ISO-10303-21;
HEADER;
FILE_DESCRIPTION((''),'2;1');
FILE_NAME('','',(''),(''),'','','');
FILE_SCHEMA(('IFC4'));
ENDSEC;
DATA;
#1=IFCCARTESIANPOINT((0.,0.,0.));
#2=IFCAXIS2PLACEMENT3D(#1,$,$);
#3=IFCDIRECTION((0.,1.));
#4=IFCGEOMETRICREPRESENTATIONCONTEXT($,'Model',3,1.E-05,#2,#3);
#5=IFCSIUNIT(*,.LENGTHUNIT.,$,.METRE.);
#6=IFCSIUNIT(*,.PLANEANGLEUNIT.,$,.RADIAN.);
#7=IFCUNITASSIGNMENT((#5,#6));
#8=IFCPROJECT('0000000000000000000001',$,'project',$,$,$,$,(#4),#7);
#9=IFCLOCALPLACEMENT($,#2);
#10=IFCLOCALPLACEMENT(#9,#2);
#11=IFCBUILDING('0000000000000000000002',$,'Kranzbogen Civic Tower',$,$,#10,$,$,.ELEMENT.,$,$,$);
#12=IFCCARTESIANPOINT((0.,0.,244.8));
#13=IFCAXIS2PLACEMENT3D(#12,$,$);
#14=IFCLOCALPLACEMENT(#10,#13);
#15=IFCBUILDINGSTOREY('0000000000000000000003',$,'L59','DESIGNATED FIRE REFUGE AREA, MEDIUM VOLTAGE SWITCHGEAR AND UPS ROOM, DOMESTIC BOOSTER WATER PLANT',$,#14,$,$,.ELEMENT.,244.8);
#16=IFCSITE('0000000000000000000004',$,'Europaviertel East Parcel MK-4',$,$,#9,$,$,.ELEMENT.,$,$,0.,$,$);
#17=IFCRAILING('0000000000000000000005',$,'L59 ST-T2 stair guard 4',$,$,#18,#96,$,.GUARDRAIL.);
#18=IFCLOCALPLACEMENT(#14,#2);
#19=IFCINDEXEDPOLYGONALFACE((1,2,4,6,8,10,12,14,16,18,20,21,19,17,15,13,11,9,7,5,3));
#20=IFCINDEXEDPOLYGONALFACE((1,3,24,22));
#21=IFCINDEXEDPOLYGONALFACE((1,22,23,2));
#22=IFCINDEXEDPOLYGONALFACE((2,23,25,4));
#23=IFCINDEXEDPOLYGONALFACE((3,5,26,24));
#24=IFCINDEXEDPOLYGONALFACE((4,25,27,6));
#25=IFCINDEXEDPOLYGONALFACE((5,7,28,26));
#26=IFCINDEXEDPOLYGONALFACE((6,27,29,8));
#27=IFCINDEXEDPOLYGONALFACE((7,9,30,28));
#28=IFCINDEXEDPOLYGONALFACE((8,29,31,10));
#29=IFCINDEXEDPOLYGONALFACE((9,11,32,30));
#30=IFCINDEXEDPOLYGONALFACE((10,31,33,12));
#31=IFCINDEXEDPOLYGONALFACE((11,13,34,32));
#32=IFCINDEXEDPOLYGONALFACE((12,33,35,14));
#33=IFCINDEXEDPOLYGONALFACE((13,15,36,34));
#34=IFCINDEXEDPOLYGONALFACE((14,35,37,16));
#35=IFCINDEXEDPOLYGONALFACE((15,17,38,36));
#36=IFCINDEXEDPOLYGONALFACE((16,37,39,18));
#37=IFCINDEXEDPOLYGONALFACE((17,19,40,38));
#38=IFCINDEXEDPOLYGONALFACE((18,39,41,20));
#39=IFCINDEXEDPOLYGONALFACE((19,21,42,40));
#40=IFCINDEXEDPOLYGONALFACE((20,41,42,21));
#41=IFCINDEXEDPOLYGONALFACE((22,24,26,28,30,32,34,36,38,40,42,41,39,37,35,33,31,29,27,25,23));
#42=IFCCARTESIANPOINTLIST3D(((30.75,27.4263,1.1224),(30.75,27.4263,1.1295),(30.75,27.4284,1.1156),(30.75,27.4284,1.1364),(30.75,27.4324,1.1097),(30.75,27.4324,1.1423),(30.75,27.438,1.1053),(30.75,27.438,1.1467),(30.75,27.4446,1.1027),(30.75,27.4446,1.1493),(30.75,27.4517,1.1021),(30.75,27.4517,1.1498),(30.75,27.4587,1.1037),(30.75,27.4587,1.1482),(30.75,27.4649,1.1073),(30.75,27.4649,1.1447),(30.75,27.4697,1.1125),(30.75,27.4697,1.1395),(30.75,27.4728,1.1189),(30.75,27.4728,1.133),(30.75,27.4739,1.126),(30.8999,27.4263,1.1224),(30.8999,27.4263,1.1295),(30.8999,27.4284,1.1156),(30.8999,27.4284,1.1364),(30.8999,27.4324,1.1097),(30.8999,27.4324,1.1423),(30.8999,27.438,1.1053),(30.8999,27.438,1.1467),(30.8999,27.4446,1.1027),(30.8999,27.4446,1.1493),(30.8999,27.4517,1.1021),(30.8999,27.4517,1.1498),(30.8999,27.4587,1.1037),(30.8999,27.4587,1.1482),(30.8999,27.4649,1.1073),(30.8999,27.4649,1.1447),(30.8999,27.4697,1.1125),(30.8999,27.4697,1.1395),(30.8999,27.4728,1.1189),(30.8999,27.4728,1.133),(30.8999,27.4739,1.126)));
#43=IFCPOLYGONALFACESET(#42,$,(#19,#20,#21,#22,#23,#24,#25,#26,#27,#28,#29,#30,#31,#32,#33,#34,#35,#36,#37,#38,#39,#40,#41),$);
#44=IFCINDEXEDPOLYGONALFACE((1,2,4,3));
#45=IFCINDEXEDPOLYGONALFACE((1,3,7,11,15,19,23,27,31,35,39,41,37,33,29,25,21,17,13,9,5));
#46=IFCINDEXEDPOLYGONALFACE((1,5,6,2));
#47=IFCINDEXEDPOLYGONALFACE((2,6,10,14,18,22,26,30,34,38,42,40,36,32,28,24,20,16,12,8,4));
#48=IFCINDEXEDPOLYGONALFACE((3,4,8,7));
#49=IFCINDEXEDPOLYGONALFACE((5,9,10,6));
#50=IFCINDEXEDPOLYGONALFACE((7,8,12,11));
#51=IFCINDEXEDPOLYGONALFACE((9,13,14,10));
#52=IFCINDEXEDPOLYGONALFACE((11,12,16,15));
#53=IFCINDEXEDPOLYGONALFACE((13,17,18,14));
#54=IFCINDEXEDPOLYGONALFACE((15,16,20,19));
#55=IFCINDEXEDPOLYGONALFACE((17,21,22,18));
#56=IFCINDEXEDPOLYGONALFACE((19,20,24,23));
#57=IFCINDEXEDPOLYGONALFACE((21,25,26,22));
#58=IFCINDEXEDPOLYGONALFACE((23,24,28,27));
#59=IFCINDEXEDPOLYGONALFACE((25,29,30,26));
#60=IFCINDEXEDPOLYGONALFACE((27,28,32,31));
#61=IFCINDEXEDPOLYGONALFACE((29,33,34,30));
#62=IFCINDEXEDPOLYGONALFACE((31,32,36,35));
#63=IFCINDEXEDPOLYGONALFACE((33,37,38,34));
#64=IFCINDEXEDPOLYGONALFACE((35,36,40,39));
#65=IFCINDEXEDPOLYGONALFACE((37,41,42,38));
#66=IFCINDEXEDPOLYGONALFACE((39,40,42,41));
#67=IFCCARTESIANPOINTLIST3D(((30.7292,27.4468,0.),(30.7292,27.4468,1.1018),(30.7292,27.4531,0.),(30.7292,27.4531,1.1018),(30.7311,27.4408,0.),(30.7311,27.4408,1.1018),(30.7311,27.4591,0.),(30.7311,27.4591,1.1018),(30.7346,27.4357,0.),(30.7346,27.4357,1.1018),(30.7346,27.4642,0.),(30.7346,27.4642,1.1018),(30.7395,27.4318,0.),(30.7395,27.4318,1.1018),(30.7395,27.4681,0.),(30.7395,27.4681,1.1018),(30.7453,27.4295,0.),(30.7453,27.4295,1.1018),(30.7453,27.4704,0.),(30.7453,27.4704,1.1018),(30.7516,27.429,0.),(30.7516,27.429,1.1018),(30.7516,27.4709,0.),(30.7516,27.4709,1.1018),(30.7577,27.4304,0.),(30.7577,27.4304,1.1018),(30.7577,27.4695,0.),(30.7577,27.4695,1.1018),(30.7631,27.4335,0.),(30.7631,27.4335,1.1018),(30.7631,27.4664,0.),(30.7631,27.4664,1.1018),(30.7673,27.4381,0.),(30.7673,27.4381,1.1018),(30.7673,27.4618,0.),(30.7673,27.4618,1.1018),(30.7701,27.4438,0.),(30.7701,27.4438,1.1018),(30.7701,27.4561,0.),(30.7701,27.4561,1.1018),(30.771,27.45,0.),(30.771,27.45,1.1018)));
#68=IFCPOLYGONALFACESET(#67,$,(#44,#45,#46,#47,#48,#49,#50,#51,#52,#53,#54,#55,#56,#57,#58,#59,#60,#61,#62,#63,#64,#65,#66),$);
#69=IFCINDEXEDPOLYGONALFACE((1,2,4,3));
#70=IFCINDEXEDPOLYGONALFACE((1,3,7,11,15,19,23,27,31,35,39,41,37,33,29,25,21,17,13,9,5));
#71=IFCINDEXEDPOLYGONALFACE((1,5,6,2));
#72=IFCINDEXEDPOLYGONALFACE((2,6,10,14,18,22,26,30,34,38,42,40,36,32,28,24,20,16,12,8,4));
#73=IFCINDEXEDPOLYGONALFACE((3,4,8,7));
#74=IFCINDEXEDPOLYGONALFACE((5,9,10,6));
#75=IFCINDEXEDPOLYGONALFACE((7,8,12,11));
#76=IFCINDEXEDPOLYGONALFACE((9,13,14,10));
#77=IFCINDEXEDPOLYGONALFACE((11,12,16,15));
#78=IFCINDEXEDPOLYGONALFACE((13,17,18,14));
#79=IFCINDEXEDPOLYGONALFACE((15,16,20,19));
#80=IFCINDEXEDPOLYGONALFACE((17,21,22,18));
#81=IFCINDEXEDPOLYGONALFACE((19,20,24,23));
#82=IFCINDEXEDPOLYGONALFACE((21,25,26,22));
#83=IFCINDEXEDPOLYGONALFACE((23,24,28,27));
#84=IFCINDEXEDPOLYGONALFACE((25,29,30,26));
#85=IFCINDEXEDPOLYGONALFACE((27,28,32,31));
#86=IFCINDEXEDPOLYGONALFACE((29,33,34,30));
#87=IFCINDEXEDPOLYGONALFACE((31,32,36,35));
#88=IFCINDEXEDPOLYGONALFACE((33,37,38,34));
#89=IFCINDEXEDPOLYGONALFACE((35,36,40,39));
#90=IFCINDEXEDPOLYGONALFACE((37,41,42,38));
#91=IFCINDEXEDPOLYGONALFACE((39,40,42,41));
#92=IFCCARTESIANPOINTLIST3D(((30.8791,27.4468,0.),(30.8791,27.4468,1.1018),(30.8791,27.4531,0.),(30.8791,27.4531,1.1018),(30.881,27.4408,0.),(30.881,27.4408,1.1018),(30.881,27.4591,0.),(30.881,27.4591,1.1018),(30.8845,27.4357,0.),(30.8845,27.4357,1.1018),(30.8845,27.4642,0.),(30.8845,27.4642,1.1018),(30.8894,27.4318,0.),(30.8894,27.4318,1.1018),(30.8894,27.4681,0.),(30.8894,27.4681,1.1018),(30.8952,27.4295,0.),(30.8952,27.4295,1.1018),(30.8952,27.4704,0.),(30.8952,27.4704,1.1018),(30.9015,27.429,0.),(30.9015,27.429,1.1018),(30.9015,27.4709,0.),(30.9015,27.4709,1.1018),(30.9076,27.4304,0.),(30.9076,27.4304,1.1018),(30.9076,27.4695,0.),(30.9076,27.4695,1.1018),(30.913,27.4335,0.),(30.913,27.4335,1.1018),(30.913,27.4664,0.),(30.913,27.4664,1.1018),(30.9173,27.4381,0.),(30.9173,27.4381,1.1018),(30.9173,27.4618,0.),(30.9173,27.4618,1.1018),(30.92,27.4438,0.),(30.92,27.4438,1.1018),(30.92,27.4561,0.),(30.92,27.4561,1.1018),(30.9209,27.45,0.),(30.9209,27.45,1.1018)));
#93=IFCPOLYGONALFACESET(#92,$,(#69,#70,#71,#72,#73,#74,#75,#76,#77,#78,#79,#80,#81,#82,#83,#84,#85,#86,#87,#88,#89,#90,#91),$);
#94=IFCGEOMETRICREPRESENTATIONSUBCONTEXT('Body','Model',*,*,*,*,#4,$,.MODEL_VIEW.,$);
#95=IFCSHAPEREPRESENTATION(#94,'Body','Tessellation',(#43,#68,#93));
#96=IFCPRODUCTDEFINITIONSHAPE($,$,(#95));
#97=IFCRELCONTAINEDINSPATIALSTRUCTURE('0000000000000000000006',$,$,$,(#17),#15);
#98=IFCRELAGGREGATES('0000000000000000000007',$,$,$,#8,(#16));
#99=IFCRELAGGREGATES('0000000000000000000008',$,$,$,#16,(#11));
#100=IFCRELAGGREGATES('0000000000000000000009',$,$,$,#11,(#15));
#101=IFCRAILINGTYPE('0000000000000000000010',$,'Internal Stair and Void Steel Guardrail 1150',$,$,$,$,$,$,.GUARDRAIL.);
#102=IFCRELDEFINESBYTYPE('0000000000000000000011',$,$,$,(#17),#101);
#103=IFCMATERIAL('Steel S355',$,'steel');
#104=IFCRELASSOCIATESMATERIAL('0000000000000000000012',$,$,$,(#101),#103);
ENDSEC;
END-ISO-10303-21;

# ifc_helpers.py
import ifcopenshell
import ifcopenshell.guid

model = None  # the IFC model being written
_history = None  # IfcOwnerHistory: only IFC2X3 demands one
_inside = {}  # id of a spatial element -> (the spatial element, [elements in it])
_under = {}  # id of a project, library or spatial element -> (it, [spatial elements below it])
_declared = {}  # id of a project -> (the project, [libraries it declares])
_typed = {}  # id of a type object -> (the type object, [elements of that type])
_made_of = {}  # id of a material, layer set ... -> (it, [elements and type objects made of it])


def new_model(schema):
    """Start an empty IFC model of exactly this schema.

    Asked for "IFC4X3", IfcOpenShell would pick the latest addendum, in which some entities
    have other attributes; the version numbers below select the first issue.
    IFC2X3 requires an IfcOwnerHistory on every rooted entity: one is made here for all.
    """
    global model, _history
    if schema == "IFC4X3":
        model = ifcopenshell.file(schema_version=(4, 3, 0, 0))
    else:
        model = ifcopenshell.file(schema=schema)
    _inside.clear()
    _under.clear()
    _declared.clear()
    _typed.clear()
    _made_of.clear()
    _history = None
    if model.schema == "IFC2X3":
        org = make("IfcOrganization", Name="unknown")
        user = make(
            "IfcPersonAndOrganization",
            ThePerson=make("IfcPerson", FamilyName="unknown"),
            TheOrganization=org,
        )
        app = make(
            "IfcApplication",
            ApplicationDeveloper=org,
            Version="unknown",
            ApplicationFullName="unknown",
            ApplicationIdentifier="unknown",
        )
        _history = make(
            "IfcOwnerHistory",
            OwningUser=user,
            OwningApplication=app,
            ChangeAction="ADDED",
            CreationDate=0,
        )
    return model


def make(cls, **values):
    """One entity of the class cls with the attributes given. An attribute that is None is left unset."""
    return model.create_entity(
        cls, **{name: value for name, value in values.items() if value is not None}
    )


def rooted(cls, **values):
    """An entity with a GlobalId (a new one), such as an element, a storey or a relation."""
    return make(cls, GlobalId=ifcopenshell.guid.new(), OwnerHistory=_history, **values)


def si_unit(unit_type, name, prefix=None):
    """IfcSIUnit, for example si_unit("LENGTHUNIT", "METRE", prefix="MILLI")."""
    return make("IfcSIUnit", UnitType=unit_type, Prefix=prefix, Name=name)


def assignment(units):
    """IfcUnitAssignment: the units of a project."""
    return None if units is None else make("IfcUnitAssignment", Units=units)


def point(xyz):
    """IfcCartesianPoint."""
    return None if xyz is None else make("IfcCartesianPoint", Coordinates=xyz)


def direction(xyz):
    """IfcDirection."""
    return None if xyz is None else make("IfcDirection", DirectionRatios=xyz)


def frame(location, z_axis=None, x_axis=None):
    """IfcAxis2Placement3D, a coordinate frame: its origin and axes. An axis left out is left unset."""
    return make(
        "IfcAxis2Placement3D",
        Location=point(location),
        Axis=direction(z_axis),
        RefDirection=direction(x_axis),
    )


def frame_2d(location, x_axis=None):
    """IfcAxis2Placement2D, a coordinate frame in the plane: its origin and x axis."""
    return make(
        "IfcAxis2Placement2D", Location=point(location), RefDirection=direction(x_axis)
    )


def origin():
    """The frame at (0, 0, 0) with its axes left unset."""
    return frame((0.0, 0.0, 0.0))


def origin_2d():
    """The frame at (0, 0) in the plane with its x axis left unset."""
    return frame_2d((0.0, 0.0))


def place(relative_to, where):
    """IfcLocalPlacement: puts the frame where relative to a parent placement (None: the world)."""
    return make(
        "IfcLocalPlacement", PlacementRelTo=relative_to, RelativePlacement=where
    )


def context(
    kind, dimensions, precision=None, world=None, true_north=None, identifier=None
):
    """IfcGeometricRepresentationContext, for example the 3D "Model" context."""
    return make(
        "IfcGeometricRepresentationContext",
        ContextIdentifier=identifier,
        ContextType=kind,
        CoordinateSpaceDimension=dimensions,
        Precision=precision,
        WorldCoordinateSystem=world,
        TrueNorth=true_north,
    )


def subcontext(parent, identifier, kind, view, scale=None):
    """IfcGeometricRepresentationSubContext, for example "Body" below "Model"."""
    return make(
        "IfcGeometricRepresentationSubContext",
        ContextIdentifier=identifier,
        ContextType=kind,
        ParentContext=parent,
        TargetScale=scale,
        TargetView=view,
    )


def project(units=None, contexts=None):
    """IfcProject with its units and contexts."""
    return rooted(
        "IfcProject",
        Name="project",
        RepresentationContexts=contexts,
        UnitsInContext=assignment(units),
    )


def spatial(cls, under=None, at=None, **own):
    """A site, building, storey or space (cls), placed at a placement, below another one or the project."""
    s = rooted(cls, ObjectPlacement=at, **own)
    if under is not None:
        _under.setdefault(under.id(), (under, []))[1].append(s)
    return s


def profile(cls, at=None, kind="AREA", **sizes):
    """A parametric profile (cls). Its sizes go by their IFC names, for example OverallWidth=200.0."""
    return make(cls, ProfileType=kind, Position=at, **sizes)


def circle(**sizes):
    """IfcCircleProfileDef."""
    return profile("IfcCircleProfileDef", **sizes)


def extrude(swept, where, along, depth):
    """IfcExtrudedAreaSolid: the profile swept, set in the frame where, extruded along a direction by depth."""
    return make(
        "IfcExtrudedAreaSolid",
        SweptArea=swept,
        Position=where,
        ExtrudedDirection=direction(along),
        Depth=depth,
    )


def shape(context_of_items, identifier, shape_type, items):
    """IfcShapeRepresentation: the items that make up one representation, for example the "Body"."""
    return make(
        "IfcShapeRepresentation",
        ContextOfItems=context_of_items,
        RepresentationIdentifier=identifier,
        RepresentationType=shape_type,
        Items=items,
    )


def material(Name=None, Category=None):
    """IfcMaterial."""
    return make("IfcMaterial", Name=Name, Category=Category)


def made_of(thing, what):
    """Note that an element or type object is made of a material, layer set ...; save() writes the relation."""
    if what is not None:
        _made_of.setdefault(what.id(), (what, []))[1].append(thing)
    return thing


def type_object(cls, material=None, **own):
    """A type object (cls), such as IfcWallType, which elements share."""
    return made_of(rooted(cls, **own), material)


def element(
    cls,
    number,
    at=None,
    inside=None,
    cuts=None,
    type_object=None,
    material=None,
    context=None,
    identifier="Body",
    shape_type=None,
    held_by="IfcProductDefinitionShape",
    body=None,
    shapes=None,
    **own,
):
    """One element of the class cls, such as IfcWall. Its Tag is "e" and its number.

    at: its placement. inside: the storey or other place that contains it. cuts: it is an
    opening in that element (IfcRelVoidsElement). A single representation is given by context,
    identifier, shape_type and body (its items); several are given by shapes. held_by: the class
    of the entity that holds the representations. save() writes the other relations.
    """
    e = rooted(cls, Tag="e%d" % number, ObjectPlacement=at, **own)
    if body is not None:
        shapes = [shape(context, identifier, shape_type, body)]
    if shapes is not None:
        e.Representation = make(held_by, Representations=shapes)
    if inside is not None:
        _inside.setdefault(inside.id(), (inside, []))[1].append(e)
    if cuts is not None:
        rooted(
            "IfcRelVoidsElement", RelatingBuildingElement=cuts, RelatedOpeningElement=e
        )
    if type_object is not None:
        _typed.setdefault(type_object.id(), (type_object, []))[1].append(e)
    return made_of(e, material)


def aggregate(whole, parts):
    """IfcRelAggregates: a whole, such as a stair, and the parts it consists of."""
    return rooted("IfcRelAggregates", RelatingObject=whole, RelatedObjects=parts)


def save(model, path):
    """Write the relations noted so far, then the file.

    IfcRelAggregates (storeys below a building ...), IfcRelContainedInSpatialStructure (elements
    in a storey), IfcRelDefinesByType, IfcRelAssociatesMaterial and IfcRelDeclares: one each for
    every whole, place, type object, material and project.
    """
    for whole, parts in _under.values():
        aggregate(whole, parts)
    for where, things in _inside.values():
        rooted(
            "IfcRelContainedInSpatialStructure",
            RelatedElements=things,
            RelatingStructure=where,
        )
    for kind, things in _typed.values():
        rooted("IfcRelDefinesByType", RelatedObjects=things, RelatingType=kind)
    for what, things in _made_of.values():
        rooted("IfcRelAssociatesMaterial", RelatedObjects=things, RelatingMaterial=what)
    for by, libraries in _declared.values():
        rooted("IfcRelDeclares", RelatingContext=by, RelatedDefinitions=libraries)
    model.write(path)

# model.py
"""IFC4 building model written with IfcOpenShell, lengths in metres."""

from ifc_helpers import new_model, si_unit, direction, frame, origin, origin_2d, place, context, subcontext, project, spatial, circle, extrude, material, type_object, element, save


model = new_model("IFC4")

# Units and contexts
model_context = context("Model", 3, precision=1e-05, world=origin(), true_north=direction((0.0, 1.0)))
body_context = subcontext(model_context, "Body", "Model", "MODEL_VIEW")
ifc_project = project(units=[si_unit("LENGTHUNIT", "METRE"), si_unit("PLANEANGLEUNIT", "RADIAN")], contexts=[model_context])

# Site, building, storey
site_placement = place(None, origin())
site = spatial("IfcSite", under=ifc_project, at=site_placement, Name="Europaviertel East Parcel MK-4", CompositionType="ELEMENT", RefElevation=0.0)
building_placement = place(site_placement, origin())
building = spatial("IfcBuilding", under=site, at=building_placement, Name="Kranzbogen Civic Tower", CompositionType="ELEMENT")
storey_placement = place(building_placement, frame((0.0, 0.0, 244.8)))
storey = spatial("IfcBuildingStorey", under=building, at=storey_placement, Name="L59", Description="DESIGNATED FIRE REFUGE AREA, MEDIUM VOLTAGE SWITCHGEAR AND UPS ROOM, DOMESTIC BOOSTER WATER PLANT", CompositionType="ELEMENT", Elevation=244.8)

# Shared definitions
ifc_material_1 = material(Name="Steel S355", Category="steel")

# Railing
railing_type_1 = type_object("IfcRailingType", Name="Internal Stair and Void Steel Guardrail 1150", PredefinedType="GUARDRAIL", material=ifc_material_1)
railing_1_placement = place(storey_placement, frame((30.75, 27.45, 0.0)))
element("IfcRailing", 1, at=railing_1_placement, inside=storey, type_object=railing_type_1, Name="L59 ST-T2 stair guard 4", PredefinedType="GUARDRAIL", context=body_context, shape_type="SweptSolid", body=[
    extrude(circle(Radius=0.0239, at=origin_2d()), frame((0.0, 0.0, 1.126), z_axis=(1.0, 0.0, 0.0), x_axis=(0.0, 1.0, 0.0)), (0.0, 0.0, 1.0), 0.1499),
    extrude(circle(Radius=0.021, at=origin_2d()), origin(), (0.0, 0.0, 1.0), 1.1018),
    extrude(circle(Radius=0.021, at=origin_2d()), frame((0.1499, 0.0, 0.0)), (0.0, 0.0, 1.0), 1.1018),
])

save(model, "model.ifc")
